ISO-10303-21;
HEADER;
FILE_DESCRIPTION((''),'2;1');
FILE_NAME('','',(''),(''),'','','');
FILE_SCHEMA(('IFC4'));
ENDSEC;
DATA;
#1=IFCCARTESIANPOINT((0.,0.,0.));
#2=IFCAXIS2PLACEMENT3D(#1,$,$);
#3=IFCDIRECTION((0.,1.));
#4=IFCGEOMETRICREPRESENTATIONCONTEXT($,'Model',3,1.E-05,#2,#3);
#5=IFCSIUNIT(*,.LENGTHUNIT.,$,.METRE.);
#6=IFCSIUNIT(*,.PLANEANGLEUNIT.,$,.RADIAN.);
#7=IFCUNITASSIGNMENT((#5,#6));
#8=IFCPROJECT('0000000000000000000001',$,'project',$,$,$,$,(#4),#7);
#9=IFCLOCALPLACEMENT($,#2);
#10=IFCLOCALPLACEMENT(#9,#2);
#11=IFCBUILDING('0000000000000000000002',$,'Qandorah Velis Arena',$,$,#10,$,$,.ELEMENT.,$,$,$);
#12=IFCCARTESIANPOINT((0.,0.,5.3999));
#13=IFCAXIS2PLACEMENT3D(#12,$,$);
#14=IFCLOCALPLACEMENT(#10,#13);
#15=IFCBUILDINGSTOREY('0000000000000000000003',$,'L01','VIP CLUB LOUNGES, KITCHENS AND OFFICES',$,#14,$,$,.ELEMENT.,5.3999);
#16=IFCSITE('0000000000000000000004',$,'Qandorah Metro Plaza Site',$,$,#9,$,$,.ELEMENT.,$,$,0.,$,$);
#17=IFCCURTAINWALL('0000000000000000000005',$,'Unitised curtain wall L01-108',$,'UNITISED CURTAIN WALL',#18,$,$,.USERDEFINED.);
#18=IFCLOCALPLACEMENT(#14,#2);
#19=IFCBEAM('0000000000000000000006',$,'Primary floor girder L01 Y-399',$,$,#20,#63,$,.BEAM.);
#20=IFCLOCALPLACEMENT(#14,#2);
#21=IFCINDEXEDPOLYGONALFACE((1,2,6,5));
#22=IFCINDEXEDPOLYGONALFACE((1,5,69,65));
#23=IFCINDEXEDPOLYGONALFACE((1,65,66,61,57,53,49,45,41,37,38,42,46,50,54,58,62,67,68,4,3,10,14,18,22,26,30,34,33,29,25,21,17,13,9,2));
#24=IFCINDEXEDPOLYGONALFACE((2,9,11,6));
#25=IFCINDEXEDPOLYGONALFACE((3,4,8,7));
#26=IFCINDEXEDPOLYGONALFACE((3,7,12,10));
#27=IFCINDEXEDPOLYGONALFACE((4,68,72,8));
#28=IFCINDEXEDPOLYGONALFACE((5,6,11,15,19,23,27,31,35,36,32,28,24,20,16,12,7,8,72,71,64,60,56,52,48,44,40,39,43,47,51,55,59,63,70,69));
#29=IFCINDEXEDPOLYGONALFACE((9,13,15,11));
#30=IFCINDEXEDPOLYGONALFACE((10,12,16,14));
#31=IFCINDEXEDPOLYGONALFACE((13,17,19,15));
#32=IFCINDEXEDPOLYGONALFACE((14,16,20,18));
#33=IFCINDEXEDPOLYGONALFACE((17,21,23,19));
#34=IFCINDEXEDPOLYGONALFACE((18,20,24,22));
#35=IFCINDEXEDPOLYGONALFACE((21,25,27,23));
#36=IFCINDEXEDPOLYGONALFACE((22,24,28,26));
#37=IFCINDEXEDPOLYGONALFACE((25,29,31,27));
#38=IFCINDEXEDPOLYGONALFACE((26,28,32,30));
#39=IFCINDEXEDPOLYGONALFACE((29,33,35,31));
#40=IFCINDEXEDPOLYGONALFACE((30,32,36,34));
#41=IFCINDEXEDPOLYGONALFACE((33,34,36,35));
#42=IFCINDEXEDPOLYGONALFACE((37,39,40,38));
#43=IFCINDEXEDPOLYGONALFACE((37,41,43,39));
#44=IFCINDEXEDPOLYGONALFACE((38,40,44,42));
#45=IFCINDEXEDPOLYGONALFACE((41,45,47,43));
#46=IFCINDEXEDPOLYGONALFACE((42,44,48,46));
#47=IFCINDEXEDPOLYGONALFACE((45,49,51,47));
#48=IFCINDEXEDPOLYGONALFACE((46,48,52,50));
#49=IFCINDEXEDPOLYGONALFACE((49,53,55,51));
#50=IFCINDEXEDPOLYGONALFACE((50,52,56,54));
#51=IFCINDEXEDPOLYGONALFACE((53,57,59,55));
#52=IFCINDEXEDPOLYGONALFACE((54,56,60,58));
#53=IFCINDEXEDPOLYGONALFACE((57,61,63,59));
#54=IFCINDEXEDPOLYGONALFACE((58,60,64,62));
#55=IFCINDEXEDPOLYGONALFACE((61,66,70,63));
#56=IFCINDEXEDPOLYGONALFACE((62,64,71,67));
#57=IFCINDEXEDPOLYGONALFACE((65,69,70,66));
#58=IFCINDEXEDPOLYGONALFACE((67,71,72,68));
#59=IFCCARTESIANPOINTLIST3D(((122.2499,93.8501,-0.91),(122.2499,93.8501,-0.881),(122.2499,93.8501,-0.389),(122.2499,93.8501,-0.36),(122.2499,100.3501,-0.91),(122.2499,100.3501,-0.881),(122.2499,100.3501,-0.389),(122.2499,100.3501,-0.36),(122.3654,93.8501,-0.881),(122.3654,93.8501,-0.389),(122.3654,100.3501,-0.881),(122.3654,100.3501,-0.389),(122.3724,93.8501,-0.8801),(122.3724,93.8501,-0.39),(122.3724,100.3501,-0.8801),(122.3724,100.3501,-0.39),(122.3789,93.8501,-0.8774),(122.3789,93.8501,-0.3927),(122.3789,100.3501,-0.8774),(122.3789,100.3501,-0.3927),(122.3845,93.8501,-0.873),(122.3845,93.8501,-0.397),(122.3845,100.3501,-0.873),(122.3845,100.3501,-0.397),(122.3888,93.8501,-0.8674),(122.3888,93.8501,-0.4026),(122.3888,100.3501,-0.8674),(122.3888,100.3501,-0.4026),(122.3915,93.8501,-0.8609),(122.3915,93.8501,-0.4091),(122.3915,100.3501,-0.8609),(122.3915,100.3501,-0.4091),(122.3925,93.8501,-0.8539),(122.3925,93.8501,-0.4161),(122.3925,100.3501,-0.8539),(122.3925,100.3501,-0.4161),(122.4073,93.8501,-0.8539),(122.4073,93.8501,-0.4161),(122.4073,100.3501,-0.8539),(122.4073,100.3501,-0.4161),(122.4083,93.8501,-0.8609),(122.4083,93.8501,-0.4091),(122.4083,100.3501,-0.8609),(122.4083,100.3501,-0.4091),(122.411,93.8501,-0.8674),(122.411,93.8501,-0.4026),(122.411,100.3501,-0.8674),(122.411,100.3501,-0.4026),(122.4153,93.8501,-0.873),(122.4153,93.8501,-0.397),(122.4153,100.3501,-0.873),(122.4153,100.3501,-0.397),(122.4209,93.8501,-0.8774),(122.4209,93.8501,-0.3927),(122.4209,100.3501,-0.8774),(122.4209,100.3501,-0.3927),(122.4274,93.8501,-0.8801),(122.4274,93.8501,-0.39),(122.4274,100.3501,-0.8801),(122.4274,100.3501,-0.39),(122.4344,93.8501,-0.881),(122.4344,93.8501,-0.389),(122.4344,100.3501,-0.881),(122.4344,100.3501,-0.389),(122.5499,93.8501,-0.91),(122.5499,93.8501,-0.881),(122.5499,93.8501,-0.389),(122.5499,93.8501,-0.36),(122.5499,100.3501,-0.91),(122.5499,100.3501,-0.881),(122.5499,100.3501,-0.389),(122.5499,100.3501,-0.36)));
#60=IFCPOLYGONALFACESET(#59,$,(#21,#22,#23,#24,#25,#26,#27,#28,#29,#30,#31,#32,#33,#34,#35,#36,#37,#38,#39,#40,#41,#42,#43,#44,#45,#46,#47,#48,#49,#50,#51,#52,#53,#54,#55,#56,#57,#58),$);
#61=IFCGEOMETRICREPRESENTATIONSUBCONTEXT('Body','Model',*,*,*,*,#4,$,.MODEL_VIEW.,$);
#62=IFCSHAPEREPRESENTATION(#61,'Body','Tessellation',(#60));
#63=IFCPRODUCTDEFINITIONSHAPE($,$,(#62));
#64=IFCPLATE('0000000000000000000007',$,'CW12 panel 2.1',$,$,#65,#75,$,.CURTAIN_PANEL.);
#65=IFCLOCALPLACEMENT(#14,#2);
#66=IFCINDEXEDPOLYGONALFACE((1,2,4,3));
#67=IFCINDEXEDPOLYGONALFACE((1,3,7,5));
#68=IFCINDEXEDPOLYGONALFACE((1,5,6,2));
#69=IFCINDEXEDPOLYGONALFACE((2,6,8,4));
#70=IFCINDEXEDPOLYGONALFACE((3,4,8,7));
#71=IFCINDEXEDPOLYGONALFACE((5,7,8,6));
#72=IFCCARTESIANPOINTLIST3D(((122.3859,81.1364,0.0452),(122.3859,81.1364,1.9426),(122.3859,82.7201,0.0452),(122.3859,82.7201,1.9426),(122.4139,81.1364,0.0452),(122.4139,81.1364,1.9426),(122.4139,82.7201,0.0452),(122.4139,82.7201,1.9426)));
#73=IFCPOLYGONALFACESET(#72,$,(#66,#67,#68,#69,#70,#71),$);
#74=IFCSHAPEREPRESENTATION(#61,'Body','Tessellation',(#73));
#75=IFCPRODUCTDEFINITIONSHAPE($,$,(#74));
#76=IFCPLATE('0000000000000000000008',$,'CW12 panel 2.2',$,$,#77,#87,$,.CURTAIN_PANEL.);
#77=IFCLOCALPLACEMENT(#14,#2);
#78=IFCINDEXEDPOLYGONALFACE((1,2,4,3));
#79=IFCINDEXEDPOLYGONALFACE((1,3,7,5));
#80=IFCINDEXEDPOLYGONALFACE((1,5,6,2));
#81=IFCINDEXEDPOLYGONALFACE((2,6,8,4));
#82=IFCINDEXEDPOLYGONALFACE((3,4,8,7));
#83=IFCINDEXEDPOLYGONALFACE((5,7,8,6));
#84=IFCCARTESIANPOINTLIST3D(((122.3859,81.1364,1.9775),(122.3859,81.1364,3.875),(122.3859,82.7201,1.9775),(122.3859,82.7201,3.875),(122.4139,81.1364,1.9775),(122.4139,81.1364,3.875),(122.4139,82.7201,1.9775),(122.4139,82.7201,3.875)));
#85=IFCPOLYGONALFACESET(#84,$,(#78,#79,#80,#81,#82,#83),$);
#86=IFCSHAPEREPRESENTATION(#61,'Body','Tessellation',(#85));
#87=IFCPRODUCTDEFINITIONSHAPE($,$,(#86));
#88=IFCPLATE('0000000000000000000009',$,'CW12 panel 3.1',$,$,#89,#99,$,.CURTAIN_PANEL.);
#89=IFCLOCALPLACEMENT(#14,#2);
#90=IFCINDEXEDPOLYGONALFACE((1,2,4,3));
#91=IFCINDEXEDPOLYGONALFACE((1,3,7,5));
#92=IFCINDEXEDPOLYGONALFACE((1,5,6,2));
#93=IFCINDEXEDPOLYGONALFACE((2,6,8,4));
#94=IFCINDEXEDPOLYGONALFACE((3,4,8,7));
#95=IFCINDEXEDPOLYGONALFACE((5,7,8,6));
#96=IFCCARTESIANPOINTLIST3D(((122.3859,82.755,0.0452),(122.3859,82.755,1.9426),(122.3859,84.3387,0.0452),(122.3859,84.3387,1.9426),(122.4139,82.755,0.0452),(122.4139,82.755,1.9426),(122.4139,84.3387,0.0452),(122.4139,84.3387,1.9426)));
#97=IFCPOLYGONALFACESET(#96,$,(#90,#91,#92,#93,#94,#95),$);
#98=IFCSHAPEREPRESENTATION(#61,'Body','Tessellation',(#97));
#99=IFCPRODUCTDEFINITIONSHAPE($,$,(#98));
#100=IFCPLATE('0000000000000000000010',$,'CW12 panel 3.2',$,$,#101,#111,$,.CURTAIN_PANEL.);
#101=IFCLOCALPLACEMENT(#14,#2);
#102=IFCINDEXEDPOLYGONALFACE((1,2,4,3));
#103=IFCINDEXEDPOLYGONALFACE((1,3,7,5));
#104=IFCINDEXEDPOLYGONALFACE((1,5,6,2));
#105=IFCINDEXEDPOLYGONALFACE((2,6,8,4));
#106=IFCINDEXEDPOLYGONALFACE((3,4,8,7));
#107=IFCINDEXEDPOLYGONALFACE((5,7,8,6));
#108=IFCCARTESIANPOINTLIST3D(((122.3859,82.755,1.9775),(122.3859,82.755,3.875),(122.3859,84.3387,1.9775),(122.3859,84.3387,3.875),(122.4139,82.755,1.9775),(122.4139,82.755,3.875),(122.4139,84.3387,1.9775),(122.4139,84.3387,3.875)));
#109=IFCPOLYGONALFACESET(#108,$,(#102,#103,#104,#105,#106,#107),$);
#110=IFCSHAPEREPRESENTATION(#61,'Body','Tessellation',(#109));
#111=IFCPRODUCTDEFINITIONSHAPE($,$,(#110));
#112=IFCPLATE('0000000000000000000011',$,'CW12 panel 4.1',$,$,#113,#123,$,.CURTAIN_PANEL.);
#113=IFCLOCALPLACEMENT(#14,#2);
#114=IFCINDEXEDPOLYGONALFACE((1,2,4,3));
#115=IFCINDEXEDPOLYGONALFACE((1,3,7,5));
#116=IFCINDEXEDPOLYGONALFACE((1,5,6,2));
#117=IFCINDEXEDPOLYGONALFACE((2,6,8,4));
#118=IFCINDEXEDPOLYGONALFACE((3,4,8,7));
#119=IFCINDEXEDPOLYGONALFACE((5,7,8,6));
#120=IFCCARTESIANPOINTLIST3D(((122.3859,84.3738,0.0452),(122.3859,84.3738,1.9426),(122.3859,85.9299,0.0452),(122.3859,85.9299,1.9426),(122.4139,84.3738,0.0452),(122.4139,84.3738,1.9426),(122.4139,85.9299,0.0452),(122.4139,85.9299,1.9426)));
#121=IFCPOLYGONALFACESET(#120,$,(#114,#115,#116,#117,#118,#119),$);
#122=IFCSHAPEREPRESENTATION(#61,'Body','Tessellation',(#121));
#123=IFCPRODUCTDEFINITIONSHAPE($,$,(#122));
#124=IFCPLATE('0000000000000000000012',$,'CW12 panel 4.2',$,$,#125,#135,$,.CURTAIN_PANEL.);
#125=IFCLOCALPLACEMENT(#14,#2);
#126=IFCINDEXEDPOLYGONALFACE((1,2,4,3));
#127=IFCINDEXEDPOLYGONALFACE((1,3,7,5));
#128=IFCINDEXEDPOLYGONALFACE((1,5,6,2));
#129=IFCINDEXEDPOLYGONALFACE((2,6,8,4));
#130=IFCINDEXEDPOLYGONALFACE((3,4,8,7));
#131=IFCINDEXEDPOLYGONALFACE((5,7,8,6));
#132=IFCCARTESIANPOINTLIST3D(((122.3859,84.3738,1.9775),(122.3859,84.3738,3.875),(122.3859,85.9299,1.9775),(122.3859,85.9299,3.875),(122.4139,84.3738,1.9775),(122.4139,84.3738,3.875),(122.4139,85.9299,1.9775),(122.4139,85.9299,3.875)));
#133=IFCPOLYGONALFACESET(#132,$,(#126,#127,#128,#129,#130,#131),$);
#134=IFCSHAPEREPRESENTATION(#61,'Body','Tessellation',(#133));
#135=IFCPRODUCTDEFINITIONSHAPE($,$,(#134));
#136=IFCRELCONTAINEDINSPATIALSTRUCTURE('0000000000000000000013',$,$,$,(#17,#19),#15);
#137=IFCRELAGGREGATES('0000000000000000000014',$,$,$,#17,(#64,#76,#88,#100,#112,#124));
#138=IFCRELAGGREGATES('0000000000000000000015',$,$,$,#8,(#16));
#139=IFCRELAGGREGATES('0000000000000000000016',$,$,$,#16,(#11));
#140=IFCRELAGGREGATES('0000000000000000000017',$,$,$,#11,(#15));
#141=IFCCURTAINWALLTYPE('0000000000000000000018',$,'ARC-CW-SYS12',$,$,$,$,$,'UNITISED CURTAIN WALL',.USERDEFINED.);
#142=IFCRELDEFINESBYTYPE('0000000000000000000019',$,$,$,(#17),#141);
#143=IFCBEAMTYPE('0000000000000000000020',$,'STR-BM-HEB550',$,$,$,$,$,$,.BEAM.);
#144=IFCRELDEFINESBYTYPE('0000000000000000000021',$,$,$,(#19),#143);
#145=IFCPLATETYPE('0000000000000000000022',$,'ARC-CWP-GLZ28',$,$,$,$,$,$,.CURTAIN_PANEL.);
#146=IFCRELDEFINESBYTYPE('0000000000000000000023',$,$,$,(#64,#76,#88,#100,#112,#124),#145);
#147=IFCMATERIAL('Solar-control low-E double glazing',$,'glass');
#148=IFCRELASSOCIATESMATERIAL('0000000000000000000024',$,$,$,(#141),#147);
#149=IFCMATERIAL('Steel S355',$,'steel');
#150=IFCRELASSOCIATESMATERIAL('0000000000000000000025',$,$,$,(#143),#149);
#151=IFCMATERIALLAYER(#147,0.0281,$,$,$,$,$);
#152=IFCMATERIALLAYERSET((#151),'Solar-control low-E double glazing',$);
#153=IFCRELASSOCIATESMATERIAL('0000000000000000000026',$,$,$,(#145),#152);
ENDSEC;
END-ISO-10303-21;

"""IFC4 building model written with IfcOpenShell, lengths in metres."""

from ifc_helpers import new_model, si_unit, direction, frame, origin, origin_2d, place, context, subcontext, project, spatial, rectangle, i_section, extrude, material, layer, layer_set, material_profile, profile_set, type_object, element, aggregate, save


model = new_model("IFC4")

# Units and contexts
model_context = context("Model", 3, precision=1e-05, world=origin(), true_north=direction((0.0, 1.0)))
body_context = subcontext(model_context, "Body", "Model", "MODEL_VIEW")
ifc_project = project(units=[si_unit("LENGTHUNIT", "METRE"), si_unit("PLANEANGLEUNIT", "RADIAN")], contexts=[model_context])

# Site, building, storey
site_placement = place(None, origin())
site = spatial("IfcSite", under=ifc_project, at=site_placement, Name="Qandorah Metro Plaza Site", CompositionType="ELEMENT", RefElevation=0.0)
building_placement = place(site_placement, origin())
building = spatial("IfcBuilding", under=site, at=building_placement, Name="Qandorah Velis Arena", CompositionType="ELEMENT")
storey_placement = place(building_placement, frame((0.0, 0.0, 5.3999)))
storey = spatial("IfcBuildingStorey", under=building, at=storey_placement, Name="L01", Description="VIP CLUB LOUNGES, KITCHENS AND OFFICES", CompositionType="ELEMENT", Elevation=5.3999)

# Curtain wall
ifc_material_1 = material(Name="Solar-control low-E double glazing", Category="glass")
curtain_wall_type = type_object("IfcCurtainWallType", Name="ARC-CW-SYS12", ElementType="UNITISED CURTAIN WALL", PredefinedType="USERDEFINED", material=ifc_material_1)
curtain_wall_placement = place(storey_placement, origin())
curtain_wall = element("IfcCurtainWall", 1, at=curtain_wall_placement, inside=storey, type_object=curtain_wall_type, Name="Unitised curtain wall L01-108", ObjectType="UNITISED CURTAIN WALL", PredefinedType="USERDEFINED")

# Beam
ifc_material_2 = material(Name="Steel S355", Category="steel")
ifc_material_profile_1 = material_profile(ifc_material_2, i_section(OverallWidth=0.3, OverallDepth=0.55, WebThickness=0.0149, FlangeThickness=0.0291, FilletRadius=0.0271, at=origin_2d()), Name="HEB 550")
ifc_profile_set_1 = profile_set([ifc_material_profile_1], Name="Steel S355")
beam_type = type_object("IfcBeamType", Name="STR-BM-HEB550", PredefinedType="BEAM", material=ifc_profile_set_1)
for number, where, z_axis, x_axis, name in (
    (2, (122.3999, 93.8501, -0.635), (0.0, 1.0, 0.0), (-1.0, 0.0, 0.0), "Primary floor girder L01 Y-399"),
):
    element("IfcBeam", number, at=place(storey_placement, frame(where, z_axis=z_axis, x_axis=x_axis)), inside=storey, type_object=beam_type, Name=name, PredefinedType="BEAM", context=body_context, shape_type="SweptSolid", body=[
        extrude(i_section(OverallWidth=0.3, OverallDepth=0.55, WebThickness=0.0149, FlangeThickness=0.0291, FilletRadius=0.0271, at=origin_2d()), origin(), (0.0, 0.0, 1.0), 6.5),
    ])

# Plates
ifc_layer = layer(ifc_material_1, 0.0281)
ifc_layer_set = layer_set([ifc_layer], Name="Solar-control low-E double glazing")
plate_type = type_object("IfcPlateType", Name="ARC-CWP-GLZ28", PredefinedType="CURTAIN_PANEL", material=ifc_layer_set)
plate_1_placement = place(storey_placement, frame((122.3999, 81.9282, 0.0452), z_axis=(0.0, 0.0, 1.0), x_axis=(0.0, 1.0, 0.0)))
plate_1 = element("IfcPlate", 3, at=plate_1_placement, type_object=plate_type, Name="CW12 panel 2.1", PredefinedType="CURTAIN_PANEL", context=body_context, shape_type="SweptSolid", body=[
    extrude(rectangle(XDim=1.5837, YDim=0.0281, at=origin_2d()), origin(), (0.0, 0.0, 1.0), 1.8975),
])
plate_2_placement = place(storey_placement, frame((122.3999, 81.9282, 1.9775), z_axis=(0.0, 0.0, 1.0), x_axis=(0.0, 1.0, 0.0)))
plate_2 = element("IfcPlate", 4, at=plate_2_placement, type_object=plate_type, Name="CW12 panel 2.2", PredefinedType="CURTAIN_PANEL", context=body_context, shape_type="SweptSolid", body=[
    extrude(rectangle(XDim=1.5837, YDim=0.0281, at=origin_2d()), origin(), (0.0, 0.0, 1.0), 1.8975),
])
plate_3_placement = place(storey_placement, frame((122.3999, 83.5469, 0.0452), z_axis=(0.0, 0.0, 1.0), x_axis=(0.0, 1.0, 0.0)))
plate_3 = element("IfcPlate", 5, at=plate_3_placement, type_object=plate_type, Name="CW12 panel 3.1", PredefinedType="CURTAIN_PANEL", context=body_context, shape_type="SweptSolid", body=[
    extrude(rectangle(XDim=1.5837, YDim=0.0281, at=origin_2d()), origin(), (0.0, 0.0, 1.0), 1.8975),
])
plate_4_placement = place(storey_placement, frame((122.3999, 83.5469, 1.9775), z_axis=(0.0, 0.0, 1.0), x_axis=(0.0, 1.0, 0.0)))
plate_4 = element("IfcPlate", 6, at=plate_4_placement, type_object=plate_type, Name="CW12 panel 3.2", PredefinedType="CURTAIN_PANEL", context=body_context, shape_type="SweptSolid", body=[
    extrude(rectangle(XDim=1.5837, YDim=0.0281, at=origin_2d()), origin(), (0.0, 0.0, 1.0), 1.8975),
])
plate_5_placement = place(storey_placement, frame((122.3999, 85.1519, 0.0452), z_axis=(0.0, 0.0, 1.0), x_axis=(0.0, 1.0, 0.0)))
plate_5 = element("IfcPlate", 7, at=plate_5_placement, type_object=plate_type, Name="CW12 panel 4.1", PredefinedType="CURTAIN_PANEL", context=body_context, shape_type="SweptSolid", body=[
    extrude(rectangle(XDim=1.5562, YDim=0.0281, at=origin_2d()), origin(), (0.0, 0.0, 1.0), 1.8975),
])
plate_6_placement = place(storey_placement, frame((122.3999, 85.1519, 1.9775), z_axis=(0.0, 0.0, 1.0), x_axis=(0.0, 1.0, 0.0)))
plate_6 = element("IfcPlate", 8, at=plate_6_placement, type_object=plate_type, Name="CW12 panel 4.2", PredefinedType="CURTAIN_PANEL", context=body_context, shape_type="SweptSolid", body=[
    extrude(rectangle(XDim=1.5562, YDim=0.0281, at=origin_2d()), origin(), (0.0, 0.0, 1.0), 1.8975),
])
aggregate(curtain_wall, [plate_1, plate_2, plate_3, plate_4, plate_5, plate_6])

save(model, "model.ifc")
